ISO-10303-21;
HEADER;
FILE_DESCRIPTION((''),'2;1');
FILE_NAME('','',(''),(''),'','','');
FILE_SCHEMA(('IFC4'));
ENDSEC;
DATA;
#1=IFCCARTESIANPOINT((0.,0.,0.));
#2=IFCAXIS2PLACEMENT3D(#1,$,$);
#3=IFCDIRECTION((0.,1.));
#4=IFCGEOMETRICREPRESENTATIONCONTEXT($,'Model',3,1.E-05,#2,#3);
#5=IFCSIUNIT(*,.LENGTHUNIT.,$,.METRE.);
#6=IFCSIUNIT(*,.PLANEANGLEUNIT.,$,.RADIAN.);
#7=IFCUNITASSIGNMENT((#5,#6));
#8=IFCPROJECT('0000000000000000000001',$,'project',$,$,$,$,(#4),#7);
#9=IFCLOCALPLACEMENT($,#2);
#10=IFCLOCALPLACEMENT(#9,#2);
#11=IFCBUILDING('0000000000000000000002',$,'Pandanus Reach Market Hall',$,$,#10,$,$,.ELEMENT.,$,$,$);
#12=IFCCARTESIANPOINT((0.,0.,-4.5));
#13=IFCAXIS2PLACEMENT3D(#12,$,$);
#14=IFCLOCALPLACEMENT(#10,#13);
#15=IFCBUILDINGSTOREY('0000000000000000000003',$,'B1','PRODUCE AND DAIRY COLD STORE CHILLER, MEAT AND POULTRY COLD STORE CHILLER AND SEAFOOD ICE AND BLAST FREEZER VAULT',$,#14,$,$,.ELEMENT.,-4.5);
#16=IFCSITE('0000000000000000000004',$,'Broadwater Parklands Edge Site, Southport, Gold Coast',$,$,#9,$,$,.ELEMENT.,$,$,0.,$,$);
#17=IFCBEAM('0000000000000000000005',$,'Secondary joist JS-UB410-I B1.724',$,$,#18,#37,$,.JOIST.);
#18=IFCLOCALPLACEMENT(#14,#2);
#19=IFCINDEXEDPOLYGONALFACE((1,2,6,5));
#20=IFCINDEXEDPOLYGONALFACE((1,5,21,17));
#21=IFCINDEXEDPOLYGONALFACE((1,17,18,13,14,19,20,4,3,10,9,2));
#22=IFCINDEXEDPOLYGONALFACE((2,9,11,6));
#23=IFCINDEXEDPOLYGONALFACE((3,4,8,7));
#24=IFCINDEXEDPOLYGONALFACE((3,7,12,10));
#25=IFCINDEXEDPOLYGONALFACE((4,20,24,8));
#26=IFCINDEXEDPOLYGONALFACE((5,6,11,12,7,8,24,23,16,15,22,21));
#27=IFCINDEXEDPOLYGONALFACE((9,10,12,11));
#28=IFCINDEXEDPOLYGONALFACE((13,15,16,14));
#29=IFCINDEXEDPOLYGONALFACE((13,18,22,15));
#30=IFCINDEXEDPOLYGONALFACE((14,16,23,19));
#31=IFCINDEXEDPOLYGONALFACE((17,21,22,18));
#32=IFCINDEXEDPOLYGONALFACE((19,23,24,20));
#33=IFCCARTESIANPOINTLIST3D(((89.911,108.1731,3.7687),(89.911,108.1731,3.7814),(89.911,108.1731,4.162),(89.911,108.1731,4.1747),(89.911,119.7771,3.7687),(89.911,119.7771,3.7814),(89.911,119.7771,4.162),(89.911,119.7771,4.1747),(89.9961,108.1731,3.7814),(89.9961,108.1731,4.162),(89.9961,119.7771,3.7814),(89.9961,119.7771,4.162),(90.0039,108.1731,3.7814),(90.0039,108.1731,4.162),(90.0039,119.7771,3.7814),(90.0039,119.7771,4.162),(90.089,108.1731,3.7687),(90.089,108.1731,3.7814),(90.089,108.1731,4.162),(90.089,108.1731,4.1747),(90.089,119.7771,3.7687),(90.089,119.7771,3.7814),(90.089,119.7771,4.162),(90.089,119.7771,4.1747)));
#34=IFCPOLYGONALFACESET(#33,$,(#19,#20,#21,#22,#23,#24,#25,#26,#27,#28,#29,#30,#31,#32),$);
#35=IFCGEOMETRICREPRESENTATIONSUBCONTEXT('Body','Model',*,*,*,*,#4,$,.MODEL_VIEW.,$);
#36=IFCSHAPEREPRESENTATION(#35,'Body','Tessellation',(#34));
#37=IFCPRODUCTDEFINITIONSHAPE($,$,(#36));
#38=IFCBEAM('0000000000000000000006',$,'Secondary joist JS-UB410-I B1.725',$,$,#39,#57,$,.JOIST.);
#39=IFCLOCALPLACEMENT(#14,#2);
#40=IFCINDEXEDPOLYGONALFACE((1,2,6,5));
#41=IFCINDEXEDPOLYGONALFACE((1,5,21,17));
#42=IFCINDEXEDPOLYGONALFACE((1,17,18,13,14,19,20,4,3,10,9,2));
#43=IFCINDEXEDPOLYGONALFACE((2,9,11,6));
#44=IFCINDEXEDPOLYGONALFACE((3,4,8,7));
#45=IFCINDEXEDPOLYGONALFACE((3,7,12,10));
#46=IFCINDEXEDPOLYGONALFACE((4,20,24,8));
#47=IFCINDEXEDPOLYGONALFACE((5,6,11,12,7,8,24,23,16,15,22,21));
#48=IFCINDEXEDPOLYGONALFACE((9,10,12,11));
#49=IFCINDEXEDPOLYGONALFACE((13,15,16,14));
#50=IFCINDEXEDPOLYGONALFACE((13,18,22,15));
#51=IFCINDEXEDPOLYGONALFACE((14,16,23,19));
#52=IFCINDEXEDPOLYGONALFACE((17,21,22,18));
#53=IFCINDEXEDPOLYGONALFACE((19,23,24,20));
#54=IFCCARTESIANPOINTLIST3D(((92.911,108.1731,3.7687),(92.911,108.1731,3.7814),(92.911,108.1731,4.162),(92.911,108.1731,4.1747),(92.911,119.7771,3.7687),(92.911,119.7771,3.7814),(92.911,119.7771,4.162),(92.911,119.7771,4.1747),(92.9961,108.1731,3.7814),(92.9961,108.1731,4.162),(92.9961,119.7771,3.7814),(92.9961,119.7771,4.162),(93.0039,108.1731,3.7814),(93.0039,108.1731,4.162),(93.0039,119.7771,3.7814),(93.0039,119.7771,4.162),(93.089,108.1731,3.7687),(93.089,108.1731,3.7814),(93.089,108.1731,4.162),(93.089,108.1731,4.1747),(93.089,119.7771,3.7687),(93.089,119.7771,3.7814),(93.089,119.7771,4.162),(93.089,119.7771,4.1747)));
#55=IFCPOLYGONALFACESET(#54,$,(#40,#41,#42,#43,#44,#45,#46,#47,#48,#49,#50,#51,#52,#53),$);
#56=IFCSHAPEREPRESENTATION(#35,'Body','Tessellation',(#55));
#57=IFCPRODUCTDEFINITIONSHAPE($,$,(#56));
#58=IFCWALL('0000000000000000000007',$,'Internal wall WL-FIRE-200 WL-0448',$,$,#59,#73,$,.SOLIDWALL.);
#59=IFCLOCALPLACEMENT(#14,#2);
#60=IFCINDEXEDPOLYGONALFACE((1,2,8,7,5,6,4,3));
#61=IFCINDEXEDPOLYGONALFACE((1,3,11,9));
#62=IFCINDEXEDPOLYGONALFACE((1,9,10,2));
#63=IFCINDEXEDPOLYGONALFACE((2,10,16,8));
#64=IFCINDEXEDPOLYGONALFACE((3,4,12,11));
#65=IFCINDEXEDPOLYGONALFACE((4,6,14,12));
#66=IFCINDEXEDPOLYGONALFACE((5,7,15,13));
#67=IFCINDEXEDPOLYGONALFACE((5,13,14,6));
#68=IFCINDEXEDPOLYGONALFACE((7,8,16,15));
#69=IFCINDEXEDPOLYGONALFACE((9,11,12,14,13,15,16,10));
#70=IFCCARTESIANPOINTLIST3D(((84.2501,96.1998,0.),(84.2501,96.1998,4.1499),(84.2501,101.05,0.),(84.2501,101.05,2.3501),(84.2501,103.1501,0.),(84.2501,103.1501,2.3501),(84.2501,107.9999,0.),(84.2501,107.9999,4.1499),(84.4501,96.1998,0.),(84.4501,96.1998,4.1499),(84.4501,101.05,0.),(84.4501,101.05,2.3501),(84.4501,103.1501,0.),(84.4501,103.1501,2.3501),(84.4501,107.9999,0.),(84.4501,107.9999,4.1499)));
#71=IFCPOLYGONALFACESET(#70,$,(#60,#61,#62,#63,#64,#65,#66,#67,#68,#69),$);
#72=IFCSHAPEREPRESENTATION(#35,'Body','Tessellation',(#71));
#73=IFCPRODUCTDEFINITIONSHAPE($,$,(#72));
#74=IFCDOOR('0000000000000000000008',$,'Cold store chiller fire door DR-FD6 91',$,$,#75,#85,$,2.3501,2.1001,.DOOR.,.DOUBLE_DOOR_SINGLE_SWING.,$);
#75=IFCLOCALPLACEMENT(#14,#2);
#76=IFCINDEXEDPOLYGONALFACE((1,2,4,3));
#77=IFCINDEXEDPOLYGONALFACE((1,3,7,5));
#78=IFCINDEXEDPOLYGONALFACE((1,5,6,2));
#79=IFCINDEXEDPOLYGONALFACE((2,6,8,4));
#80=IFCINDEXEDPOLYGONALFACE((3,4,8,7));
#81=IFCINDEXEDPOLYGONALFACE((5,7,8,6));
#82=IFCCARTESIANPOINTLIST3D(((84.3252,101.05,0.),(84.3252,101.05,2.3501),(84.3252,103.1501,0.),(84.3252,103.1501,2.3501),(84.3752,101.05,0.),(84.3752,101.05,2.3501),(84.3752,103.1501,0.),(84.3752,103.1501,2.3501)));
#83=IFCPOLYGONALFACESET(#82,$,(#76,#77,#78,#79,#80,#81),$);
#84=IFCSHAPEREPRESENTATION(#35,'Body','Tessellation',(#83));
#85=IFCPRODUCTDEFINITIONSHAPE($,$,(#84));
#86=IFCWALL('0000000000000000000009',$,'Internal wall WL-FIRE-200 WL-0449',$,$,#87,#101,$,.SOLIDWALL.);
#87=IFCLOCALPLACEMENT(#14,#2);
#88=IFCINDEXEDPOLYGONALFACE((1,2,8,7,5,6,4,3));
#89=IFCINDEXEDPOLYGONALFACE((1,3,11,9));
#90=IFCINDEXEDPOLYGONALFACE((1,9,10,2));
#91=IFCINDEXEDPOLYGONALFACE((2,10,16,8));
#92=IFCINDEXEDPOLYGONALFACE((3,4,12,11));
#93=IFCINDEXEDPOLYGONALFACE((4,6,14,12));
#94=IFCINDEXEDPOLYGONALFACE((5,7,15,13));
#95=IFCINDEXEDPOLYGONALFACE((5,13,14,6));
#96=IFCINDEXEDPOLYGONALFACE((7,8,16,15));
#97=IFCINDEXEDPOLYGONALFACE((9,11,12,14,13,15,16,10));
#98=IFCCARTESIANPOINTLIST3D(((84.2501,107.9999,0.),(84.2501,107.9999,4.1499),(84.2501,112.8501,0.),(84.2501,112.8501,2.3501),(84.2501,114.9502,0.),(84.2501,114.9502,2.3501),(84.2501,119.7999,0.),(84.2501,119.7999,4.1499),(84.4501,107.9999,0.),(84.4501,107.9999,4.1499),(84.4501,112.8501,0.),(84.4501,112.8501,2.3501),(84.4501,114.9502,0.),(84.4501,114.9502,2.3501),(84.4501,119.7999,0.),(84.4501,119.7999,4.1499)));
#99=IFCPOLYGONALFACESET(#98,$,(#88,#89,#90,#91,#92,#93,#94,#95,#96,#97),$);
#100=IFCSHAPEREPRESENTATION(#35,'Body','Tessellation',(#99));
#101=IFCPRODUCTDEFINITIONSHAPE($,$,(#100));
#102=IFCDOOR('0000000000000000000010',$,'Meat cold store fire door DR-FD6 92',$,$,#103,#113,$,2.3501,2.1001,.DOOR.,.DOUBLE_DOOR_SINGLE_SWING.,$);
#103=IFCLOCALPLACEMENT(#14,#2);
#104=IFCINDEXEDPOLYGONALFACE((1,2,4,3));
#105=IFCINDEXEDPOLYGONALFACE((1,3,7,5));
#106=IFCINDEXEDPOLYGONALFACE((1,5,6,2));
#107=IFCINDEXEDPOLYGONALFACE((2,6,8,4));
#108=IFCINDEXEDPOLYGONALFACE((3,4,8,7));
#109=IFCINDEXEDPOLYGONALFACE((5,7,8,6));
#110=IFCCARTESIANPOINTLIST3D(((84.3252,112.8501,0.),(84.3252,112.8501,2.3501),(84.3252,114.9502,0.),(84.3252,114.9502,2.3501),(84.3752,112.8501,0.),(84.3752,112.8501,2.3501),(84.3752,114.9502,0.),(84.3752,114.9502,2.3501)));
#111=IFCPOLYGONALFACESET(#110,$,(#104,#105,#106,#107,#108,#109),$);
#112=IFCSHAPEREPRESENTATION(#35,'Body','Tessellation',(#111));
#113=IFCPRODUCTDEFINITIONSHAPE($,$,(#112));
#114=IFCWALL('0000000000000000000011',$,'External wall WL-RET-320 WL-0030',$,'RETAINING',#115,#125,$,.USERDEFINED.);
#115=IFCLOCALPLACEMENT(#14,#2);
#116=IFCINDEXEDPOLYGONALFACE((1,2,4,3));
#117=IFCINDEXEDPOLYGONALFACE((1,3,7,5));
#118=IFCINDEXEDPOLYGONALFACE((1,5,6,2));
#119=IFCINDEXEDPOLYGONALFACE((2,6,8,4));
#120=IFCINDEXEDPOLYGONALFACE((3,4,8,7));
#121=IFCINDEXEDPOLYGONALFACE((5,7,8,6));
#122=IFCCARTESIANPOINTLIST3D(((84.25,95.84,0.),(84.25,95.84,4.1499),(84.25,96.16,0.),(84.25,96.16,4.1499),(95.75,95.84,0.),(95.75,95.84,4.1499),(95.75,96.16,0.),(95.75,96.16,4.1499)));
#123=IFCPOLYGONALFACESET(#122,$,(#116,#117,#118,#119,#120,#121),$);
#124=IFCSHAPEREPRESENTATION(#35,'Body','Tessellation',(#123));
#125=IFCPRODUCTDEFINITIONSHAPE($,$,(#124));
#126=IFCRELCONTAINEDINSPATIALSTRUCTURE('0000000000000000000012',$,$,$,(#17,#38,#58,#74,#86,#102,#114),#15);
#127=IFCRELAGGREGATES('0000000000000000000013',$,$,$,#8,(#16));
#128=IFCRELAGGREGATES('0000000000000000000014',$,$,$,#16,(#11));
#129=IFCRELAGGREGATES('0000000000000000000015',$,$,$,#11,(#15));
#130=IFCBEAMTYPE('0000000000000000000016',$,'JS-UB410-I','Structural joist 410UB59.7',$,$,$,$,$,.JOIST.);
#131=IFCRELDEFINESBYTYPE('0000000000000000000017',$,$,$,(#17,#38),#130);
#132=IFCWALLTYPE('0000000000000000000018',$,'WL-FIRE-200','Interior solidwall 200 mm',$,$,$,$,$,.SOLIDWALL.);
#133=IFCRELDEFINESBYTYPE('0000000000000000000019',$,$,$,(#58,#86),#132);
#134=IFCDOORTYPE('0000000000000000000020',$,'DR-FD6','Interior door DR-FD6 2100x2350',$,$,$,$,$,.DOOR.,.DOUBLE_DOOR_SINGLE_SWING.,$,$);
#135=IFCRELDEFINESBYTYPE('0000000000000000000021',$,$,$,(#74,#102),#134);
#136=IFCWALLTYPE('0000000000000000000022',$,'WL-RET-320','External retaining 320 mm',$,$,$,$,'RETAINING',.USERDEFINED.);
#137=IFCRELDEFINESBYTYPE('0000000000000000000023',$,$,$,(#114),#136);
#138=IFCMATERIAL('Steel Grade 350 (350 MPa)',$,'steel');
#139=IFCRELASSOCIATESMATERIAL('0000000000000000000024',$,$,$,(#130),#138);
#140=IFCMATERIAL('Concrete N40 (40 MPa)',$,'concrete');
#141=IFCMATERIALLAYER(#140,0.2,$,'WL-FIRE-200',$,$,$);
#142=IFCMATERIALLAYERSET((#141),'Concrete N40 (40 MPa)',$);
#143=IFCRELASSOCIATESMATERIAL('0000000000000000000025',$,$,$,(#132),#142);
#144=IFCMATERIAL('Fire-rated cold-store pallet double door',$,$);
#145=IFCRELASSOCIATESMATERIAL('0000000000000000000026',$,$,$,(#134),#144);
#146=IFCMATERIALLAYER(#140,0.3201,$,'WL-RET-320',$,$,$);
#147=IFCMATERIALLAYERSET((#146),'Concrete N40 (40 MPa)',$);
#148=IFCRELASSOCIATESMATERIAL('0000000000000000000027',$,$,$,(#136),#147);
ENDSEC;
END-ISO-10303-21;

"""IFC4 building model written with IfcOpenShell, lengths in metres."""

from ifc_helpers import new_model, si_unit, direction, frame, frame_2d, origin, origin_2d, place, context, subcontext, project, spatial, rectangle, i_section, extrude, material, layer, layer_set, material_profile, profile_set, type_object, element, fill, save


model = new_model("IFC4")

# Units and contexts
model_context = context("Model", 3, precision=1e-05, world=origin(), true_north=direction((0.0, 1.0)))
body_context = subcontext(model_context, "Body", "Model", "MODEL_VIEW")
ifc_project = project(units=[si_unit("LENGTHUNIT", "METRE"), si_unit("PLANEANGLEUNIT", "RADIAN")], contexts=[model_context])

# Site, building, storey
site_placement = place(None, origin())
site = spatial("IfcSite", under=ifc_project, at=site_placement, Name="Broadwater Parklands Edge Site, Southport, Gold Coast", CompositionType="ELEMENT", RefElevation=0.0)
building_placement = place(site_placement, origin())
building = spatial("IfcBuilding", under=site, at=building_placement, Name="Pandanus Reach Market Hall", CompositionType="ELEMENT")
storey_placement = place(building_placement, frame((0.0, 0.0, -4.5)))
storey = spatial("IfcBuildingStorey", under=building, at=storey_placement, Name="B1", Description="PRODUCE AND DAIRY COLD STORE CHILLER, MEAT AND POULTRY COLD STORE CHILLER AND SEAFOOD ICE AND BLAST FREEZER VAULT", CompositionType="ELEMENT", Elevation=-4.5)

# Shared definitions
ifc_material_1 = material(Name="Concrete N40 (40 MPa)", Category="concrete")

# Beams
ifc_material_2 = material(Name="Steel Grade 350 (350 MPa)", Category="steel")
ifc_material_profile_1 = material_profile(ifc_material_2, i_section(OverallWidth=0.178, OverallDepth=0.406, WebThickness=0.0078, FlangeThickness=0.0127, at=origin_2d()), Name="410UB59.7", Category="LoadBearing")
ifc_profile_set_1 = profile_set([ifc_material_profile_1], Name="Steel Grade 350 (350 MPa)")
beam_type_1 = type_object("IfcBeamType", Name="JS-UB410-I", Description="Structural joist 410UB59.7", PredefinedType="JOIST", material=ifc_profile_set_1)
for number, where, z_axis, x_axis, name in (
    (1, (90.0, 108.1731, 3.9717), (0.0, 1.0, 0.0), (-1.0, 0.0, 0.0), "Secondary joist JS-UB410-I B1.724"),
    (2, (93.0, 108.1731, 3.9717), (0.0, 1.0, 0.0), (-1.0, 0.0, 0.0), "Secondary joist JS-UB410-I B1.725"),
):
    element("IfcBeam", number, at=place(storey_placement, frame(where, z_axis=z_axis, x_axis=x_axis)), inside=storey, type_object=beam_type_1, Name=name, PredefinedType="JOIST", context=body_context, shape_type="SweptSolid", body=[
        extrude(i_section(OverallWidth=0.178, OverallDepth=0.406, WebThickness=0.0078, FlangeThickness=0.0127, at=origin_2d()), origin(), (0.0, 0.0, 1.0), 11.604),
    ])

# Walls, openings, doors
ifc_layer_1 = layer(ifc_material_1, 0.2, Name="WL-FIRE-200")
ifc_layer_set_1 = layer_set([ifc_layer_1], Name="Concrete N40 (40 MPa)")
wall_type_1 = type_object("IfcWallType", Name="WL-FIRE-200", Description="Interior solidwall 200 mm", PredefinedType="SOLIDWALL", material=ifc_layer_set_1)
wall_1_placement = place(storey_placement, frame((84.3501, 96.2, 0.0), z_axis=(0.0, 0.0, 1.0), x_axis=(0.0, 1.0, 0.0)))
wall_1 = element("IfcWall", 3, at=wall_1_placement, inside=storey, type_object=wall_type_1, Name="Internal wall WL-FIRE-200 WL-0448", PredefinedType="SOLIDWALL", context=body_context, shape_type="SweptSolid", body=[
    extrude(rectangle(XDim=11.8, YDim=0.2, at=frame_2d((5.8999, 0.0))), origin(), (0.0, 0.0, 1.0), 4.1499),
])
opening_1_placement = place(wall_1_placement, frame((4.8501, 0.0, 0.0)))
opening_1 = element("IfcOpeningElement", 4, at=opening_1_placement, cuts=wall_1, PredefinedType="OPENING", context=body_context, shape_type="SweptSolid", body=[
    extrude(rectangle(XDim=2.1001, YDim=2.3501, at=frame_2d((1.05, 1.175))), frame((0.0, 0.115, 0.0), z_axis=(0.0, -1.0, 0.0), x_axis=(1.0, 0.0, 0.0)), (0.0, 0.0, 1.0), 0.23),
])
ifc_material_3 = material(Name="Fire-rated cold-store pallet double door")
door_type = type_object("IfcDoorType", Name="DR-FD6", Description="Interior door DR-FD6 2100x2350", OperationType="DOUBLE_DOOR_SINGLE_SWING", PredefinedType="DOOR", material=ifc_material_3)
door_1_placement = place(opening_1_placement, origin())
door_1 = element("IfcDoor", 5, at=door_1_placement, inside=storey, type_object=door_type, Name="Cold store chiller fire door DR-FD6 91", OperationType="DOUBLE_DOOR_SINGLE_SWING", OverallHeight=2.3501, OverallWidth=2.1001, PredefinedType="DOOR", context=body_context, shape_type="SweptSolid", body=[
    extrude(rectangle(XDim=2.1001, YDim=2.3501, at=frame_2d((1.05, 1.175))), frame((0.0, 0.0249, 0.0), z_axis=(0.0, -1.0, 0.0), x_axis=(1.0, 0.0, 0.0)), (0.0, 0.0, 1.0), 0.05),
])
fill(opening_1, door_1)
wall_2_placement = place(storey_placement, frame((84.3501, 108.0, 0.0), z_axis=(0.0, 0.0, 1.0), x_axis=(0.0, 1.0, 0.0)))
wall_2 = element("IfcWall", 6, at=wall_2_placement, inside=storey, type_object=wall_type_1, Name="Internal wall WL-FIRE-200 WL-0449", PredefinedType="SOLIDWALL", context=body_context, shape_type="SweptSolid", body=[
    extrude(rectangle(XDim=11.8, YDim=0.2, at=frame_2d((5.8999, 0.0))), origin(), (0.0, 0.0, 1.0), 4.1499),
])
opening_2_placement = place(wall_2_placement, frame((4.8501, 0.0, 0.0)))
opening_2 = element("IfcOpeningElement", 7, at=opening_2_placement, cuts=wall_2, PredefinedType="OPENING", context=body_context, shape_type="SweptSolid", body=[
    extrude(rectangle(XDim=2.1001, YDim=2.3501, at=frame_2d((1.05, 1.175))), frame((0.0, 0.115, 0.0), z_axis=(0.0, -1.0, 0.0), x_axis=(1.0, 0.0, 0.0)), (0.0, 0.0, 1.0), 0.23),
])
door_2_placement = place(opening_2_placement, origin())
door_2 = element("IfcDoor", 8, at=door_2_placement, inside=storey, type_object=door_type, Name="Meat cold store fire door DR-FD6 92", OperationType="DOUBLE_DOOR_SINGLE_SWING", OverallHeight=2.3501, OverallWidth=2.1001, PredefinedType="DOOR", context=body_context, shape_type="SweptSolid", body=[
    extrude(rectangle(XDim=2.1001, YDim=2.3501, at=frame_2d((1.05, 1.175))), frame((0.0, 0.0249, 0.0), z_axis=(0.0, -1.0, 0.0), x_axis=(1.0, 0.0, 0.0)), (0.0, 0.0, 1.0), 0.05),
])
fill(opening_2, door_2)

# Wall
ifc_layer_2 = layer(ifc_material_1, 0.3201, Name="WL-RET-320")
ifc_layer_set_2 = layer_set([ifc_layer_2], Name="Concrete N40 (40 MPa)")
wall_type_2 = type_object("IfcWallType", Name="WL-RET-320", Description="External retaining 320 mm", ElementType="RETAINING", PredefinedType="USERDEFINED", material=ifc_layer_set_2)
wall_3_placement = place(storey_placement, frame((84.25, 96.0, 0.0), z_axis=(0.0, 0.0, 1.0), x_axis=(1.0, 0.0, 0.0)))
element("IfcWall", 9, at=wall_3_placement, inside=storey, type_object=wall_type_2, Name="External wall WL-RET-320 WL-0030", ObjectType="RETAINING", PredefinedType="USERDEFINED", context=body_context, shape_type="SweptSolid", body=[
    extrude(rectangle(XDim=11.5, YDim=0.3201, at=frame_2d((5.75, 0.0))), origin(), (0.0, 0.0, 1.0), 4.1499),
])

save(model, "model.ifc")
